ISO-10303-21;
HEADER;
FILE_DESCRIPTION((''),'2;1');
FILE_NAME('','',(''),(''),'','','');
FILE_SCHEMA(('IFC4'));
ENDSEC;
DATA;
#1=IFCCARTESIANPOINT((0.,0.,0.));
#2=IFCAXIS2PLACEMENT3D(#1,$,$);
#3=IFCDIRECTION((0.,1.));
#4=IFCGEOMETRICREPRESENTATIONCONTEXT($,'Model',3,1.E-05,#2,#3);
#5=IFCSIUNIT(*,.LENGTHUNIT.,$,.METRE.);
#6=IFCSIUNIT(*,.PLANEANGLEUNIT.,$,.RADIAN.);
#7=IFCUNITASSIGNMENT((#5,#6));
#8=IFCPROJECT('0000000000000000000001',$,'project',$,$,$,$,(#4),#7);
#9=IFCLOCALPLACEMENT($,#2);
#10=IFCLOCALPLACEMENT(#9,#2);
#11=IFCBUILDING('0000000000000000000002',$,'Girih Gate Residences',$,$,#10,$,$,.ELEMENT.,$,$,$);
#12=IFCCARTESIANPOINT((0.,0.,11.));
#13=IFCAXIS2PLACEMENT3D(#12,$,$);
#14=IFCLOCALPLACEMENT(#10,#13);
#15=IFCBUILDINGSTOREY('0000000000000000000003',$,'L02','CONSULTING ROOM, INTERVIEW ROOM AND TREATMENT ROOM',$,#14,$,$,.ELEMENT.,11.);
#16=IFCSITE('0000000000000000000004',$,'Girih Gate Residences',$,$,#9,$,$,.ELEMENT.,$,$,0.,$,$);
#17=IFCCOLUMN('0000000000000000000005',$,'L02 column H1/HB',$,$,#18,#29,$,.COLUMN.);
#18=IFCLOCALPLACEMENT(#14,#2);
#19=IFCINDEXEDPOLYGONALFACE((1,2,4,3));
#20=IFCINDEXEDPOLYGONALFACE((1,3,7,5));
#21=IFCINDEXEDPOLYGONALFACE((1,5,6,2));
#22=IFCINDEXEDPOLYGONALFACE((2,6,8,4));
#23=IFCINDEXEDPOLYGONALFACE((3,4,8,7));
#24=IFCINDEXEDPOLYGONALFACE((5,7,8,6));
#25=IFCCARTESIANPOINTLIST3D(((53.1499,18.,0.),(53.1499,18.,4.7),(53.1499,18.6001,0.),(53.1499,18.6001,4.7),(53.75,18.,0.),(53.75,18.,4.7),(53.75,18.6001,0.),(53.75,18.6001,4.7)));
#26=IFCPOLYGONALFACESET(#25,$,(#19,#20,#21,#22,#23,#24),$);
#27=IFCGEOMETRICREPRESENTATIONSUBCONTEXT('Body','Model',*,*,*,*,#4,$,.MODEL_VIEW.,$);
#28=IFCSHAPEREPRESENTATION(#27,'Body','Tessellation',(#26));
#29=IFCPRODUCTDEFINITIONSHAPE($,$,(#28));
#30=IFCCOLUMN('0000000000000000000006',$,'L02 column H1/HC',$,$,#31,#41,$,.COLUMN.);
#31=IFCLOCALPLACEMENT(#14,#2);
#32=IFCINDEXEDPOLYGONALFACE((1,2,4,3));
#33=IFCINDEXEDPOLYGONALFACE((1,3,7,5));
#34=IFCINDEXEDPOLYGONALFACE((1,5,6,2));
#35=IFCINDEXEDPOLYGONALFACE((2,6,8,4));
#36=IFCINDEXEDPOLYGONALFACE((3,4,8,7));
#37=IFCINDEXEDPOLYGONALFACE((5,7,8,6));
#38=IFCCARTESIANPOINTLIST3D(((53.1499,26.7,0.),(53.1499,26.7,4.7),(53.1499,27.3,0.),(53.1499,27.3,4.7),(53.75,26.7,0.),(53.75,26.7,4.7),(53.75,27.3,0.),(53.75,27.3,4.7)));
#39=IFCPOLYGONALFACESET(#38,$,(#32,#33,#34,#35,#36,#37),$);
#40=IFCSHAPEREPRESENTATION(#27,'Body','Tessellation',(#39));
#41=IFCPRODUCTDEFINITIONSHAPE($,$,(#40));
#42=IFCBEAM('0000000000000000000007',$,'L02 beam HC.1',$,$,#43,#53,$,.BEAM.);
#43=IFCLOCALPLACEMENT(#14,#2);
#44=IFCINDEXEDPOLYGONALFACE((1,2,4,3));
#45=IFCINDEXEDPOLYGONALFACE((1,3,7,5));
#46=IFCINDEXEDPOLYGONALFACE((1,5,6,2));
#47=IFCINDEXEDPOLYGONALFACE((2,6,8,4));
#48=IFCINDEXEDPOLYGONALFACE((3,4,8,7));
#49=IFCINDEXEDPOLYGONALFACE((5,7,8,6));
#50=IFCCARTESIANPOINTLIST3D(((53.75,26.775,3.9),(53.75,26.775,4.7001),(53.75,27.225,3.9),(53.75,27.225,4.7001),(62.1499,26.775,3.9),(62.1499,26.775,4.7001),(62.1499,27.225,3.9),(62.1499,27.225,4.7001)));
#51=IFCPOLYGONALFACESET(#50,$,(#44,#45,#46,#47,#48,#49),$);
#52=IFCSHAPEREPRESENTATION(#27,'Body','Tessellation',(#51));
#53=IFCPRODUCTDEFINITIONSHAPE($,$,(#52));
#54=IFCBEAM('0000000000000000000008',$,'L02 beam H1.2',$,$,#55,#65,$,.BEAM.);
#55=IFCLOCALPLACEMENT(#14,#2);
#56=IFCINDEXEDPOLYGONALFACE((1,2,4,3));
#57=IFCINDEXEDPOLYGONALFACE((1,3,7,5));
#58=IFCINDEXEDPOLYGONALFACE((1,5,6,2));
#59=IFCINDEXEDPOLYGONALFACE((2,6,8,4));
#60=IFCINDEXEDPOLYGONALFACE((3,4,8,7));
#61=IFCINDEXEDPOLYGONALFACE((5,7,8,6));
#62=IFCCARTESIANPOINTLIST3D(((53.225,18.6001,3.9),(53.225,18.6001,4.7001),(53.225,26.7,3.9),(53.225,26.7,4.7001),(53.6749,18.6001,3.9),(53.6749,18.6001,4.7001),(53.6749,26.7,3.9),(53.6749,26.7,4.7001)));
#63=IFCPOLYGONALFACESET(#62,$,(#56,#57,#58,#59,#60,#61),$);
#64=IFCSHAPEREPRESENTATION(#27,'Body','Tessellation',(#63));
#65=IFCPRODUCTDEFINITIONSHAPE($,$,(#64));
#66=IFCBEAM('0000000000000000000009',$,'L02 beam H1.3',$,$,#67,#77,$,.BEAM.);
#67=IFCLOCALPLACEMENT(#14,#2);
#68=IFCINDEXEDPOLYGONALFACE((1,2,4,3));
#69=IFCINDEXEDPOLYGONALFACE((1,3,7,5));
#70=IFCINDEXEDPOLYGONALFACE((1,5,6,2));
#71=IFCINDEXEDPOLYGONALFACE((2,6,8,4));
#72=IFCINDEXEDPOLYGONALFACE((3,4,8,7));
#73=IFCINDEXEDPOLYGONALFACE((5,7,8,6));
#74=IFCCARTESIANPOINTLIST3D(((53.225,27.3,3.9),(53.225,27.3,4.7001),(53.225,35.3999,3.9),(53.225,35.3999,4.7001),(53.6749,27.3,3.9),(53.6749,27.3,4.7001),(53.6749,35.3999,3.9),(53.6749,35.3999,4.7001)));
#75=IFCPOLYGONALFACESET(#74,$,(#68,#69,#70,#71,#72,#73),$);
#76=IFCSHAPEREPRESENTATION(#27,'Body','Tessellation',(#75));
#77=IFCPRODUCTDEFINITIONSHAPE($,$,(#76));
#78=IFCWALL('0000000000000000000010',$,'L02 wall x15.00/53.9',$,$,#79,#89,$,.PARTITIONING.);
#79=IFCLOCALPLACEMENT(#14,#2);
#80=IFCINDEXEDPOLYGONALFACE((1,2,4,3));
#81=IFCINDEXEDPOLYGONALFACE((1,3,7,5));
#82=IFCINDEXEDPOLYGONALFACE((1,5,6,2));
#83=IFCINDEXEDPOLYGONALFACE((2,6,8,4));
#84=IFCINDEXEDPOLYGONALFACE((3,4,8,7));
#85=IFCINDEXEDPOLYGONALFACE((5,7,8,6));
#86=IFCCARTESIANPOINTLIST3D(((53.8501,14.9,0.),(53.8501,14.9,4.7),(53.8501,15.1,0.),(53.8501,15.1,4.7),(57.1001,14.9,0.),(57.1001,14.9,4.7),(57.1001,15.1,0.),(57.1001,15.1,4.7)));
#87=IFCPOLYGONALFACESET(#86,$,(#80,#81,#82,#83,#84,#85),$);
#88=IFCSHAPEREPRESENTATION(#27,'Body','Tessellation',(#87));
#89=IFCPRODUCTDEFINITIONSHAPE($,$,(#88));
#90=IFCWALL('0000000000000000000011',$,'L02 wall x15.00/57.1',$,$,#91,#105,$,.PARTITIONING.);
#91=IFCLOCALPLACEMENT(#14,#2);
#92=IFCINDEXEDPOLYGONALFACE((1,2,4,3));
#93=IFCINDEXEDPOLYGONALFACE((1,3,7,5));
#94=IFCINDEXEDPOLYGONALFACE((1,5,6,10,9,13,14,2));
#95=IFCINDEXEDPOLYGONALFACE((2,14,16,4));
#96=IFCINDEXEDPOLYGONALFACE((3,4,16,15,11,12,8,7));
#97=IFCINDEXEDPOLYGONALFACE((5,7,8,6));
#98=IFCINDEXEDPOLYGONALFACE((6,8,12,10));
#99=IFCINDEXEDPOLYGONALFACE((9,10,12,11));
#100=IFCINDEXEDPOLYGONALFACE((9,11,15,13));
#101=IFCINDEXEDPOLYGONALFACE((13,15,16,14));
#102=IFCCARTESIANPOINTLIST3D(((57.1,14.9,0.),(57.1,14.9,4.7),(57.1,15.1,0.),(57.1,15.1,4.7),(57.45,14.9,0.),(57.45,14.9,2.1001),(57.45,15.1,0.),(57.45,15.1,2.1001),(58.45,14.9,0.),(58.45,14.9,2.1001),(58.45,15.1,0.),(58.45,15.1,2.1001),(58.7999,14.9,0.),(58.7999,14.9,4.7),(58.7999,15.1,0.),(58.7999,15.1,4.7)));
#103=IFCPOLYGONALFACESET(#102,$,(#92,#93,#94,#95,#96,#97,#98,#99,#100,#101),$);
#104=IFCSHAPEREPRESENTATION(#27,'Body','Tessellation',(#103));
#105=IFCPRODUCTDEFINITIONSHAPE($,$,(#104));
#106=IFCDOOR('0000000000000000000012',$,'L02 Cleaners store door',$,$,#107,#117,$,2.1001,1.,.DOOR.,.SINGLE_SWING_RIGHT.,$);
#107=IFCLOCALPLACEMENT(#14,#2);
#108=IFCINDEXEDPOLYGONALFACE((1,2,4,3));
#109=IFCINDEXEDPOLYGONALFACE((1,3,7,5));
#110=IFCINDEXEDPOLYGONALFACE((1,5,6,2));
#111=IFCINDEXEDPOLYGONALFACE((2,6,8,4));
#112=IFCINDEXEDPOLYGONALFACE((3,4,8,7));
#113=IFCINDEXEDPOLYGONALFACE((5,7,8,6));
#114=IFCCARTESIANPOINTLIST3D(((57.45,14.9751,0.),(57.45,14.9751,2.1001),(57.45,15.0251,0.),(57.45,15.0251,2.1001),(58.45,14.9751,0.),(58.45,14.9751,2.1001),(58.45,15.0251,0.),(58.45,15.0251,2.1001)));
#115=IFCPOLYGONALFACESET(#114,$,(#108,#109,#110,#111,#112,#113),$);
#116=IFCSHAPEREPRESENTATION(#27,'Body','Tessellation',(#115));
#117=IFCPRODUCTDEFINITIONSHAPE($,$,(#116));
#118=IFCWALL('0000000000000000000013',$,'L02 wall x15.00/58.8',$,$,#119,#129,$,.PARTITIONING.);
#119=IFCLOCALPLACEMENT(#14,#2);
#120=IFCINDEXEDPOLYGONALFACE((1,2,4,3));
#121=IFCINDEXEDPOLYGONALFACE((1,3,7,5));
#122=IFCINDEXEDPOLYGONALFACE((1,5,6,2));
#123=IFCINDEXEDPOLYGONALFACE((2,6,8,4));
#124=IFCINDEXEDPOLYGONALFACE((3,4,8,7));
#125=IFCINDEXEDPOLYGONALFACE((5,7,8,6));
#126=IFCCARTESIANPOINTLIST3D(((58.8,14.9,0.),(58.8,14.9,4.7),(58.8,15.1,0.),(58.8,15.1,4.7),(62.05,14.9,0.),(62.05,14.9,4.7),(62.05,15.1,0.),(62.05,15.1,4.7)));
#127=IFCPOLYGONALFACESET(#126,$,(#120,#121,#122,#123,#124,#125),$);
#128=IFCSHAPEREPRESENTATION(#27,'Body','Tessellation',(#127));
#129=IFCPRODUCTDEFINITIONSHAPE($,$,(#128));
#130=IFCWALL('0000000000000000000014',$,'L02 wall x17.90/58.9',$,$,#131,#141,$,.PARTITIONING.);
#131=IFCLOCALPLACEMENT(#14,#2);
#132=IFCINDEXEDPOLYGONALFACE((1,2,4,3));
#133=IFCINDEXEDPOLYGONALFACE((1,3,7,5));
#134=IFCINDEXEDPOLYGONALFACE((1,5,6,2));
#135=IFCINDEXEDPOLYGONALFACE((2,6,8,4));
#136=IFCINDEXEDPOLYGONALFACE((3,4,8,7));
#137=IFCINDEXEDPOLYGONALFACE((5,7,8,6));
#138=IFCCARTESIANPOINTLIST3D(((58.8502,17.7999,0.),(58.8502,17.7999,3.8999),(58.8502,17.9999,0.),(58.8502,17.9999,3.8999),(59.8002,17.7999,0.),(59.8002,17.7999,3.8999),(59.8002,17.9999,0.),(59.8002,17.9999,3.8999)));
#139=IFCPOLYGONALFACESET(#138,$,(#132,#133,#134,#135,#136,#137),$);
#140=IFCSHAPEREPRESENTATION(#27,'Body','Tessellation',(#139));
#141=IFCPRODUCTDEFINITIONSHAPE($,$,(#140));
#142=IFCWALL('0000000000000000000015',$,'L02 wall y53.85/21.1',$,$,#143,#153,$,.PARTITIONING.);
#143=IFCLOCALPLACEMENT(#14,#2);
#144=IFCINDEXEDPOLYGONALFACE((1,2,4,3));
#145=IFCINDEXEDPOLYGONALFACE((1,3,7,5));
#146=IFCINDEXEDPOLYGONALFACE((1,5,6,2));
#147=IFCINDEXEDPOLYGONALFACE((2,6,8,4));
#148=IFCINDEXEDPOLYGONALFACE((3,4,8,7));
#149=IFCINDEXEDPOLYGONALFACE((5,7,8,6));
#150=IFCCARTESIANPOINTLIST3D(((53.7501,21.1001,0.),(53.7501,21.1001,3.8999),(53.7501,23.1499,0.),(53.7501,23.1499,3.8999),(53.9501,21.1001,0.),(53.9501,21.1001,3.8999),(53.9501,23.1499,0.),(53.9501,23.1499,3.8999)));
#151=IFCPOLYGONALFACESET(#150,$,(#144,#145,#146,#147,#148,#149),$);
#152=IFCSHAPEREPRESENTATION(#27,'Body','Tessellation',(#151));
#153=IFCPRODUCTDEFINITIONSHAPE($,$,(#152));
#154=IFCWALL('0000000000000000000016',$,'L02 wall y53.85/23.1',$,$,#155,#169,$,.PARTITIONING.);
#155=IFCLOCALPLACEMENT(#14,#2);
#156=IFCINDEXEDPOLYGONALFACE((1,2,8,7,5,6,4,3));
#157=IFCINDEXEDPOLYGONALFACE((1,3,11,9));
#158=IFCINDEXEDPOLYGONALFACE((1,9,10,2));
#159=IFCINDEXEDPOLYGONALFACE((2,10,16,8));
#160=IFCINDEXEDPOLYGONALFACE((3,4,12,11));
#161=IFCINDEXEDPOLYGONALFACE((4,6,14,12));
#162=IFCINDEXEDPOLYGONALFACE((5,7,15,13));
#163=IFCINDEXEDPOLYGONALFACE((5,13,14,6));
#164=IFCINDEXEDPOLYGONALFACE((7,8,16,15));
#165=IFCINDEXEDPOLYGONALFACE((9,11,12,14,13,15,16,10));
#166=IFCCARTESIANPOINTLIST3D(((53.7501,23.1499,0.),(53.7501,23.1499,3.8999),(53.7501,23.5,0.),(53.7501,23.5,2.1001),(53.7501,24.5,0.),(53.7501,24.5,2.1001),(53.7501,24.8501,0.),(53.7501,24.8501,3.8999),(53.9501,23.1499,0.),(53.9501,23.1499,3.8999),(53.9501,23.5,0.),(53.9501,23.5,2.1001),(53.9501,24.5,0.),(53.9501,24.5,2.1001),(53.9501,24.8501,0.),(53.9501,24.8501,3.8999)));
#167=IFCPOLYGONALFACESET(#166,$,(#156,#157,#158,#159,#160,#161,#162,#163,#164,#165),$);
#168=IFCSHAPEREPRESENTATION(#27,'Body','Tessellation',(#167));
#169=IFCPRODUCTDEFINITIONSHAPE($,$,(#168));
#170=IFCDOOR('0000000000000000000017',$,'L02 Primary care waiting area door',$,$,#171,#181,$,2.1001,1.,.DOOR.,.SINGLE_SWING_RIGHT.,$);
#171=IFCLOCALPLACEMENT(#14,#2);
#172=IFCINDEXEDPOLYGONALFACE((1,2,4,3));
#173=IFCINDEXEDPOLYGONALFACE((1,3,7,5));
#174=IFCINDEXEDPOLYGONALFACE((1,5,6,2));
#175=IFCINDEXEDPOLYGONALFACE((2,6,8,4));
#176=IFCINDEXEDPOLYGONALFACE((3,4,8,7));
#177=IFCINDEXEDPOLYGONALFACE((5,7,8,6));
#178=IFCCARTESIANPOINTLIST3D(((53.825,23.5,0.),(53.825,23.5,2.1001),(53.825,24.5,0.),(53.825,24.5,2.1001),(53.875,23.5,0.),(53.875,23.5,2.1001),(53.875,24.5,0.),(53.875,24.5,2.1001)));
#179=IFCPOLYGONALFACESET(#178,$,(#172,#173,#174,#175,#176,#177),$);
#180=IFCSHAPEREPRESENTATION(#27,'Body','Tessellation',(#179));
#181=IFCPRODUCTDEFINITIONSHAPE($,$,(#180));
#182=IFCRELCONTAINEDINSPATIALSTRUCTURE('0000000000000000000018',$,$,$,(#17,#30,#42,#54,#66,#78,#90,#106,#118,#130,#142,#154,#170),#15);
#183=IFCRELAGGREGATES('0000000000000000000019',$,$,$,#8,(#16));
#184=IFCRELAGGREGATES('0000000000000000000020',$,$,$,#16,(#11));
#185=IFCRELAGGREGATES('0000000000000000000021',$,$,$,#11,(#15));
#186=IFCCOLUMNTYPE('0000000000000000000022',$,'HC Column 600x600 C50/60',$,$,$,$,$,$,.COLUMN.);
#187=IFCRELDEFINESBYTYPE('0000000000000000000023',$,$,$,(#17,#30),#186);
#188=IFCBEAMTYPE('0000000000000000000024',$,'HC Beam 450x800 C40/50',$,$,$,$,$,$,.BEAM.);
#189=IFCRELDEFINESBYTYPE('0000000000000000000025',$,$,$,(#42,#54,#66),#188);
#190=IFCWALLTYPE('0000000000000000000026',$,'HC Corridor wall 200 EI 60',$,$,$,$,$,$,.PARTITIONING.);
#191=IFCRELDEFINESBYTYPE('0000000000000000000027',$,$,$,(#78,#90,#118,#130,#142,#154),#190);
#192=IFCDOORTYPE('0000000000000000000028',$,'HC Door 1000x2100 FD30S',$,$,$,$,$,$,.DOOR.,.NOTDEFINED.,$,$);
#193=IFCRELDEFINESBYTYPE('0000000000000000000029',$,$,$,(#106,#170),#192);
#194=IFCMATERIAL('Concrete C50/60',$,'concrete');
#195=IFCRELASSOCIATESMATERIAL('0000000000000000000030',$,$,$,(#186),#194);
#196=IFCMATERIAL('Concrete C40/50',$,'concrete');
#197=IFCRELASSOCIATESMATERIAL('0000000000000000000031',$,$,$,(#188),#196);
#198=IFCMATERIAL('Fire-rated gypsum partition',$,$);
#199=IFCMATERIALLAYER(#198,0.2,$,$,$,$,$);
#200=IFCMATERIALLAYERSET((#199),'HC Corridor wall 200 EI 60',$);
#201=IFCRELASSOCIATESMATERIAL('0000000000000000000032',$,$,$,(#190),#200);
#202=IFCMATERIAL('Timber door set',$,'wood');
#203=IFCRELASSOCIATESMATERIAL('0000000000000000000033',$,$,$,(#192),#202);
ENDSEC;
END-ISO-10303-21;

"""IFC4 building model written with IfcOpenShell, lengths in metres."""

from ifc_helpers import new_model, si_unit, direction, frame, frame_2d, origin, origin_2d, place, context, subcontext, project, spatial, rectangle, extrude, material, layer, layer_set, material_profile, profile_set, type_object, element, fill, save


model = new_model("IFC4")

# Units and contexts
model_context = context("Model", 3, precision=1e-05, world=origin(), true_north=direction((0.0, 1.0)))
body_context = subcontext(model_context, "Body", "Model", "MODEL_VIEW")
ifc_project = project(units=[si_unit("LENGTHUNIT", "METRE"), si_unit("PLANEANGLEUNIT", "RADIAN")], contexts=[model_context])

# Site, building, storey
site_placement = place(None, origin())
site = spatial("IfcSite", under=ifc_project, at=site_placement, Name="Girih Gate Residences", CompositionType="ELEMENT", RefElevation=0.0)
building_placement = place(site_placement, origin())
building = spatial("IfcBuilding", under=site, at=building_placement, Name="Girih Gate Residences", CompositionType="ELEMENT")
storey_placement = place(building_placement, frame((0.0, 0.0, 11.0)))
storey = spatial("IfcBuildingStorey", under=building, at=storey_placement, Name="L02", Description="CONSULTING ROOM, INTERVIEW ROOM AND TREATMENT ROOM", CompositionType="ELEMENT", Elevation=11.0)

# Columns
ifc_material_1 = material(Name="Concrete C50/60", Category="concrete")
ifc_material_profile_1 = material_profile(ifc_material_1, rectangle(XDim=0.6001, YDim=0.6001, at=origin_2d()))
ifc_profile_set_1 = profile_set([ifc_material_profile_1], Name="Concrete C50/60")
column_type = type_object("IfcColumnType", Name="HC Column 600x600 C50/60", PredefinedType="COLUMN", material=ifc_profile_set_1)
for number, where, z_axis, x_axis, name in (
    (1, (53.45, 18.3, 0.0), (0.0, 0.0, 1.0), (1.0, 0.0, 0.0), "L02 column H1/HB"),
    (2, (53.45, 27.0, 0.0), (0.0, 0.0, 1.0), (1.0, 0.0, 0.0), "L02 column H1/HC"),
):
    element("IfcColumn", number, at=place(storey_placement, frame(where, z_axis=z_axis, x_axis=x_axis)), inside=storey, type_object=column_type, Name=name, PredefinedType="COLUMN", context=body_context, shape_type="SweptSolid", body=[
        extrude(rectangle(XDim=0.6001, YDim=0.6001, at=origin_2d()), origin(), (0.0, 0.0, 1.0), 4.7),
    ])

# Beams
ifc_material_2 = material(Name="Concrete C40/50", Category="concrete")
ifc_material_profile_2 = material_profile(ifc_material_2, rectangle(XDim=0.45, YDim=0.8, at=origin_2d()))
ifc_profile_set_2 = profile_set([ifc_material_profile_2], Name="Concrete C40/50")
beam_type = type_object("IfcBeamType", Name="HC Beam 450x800 C40/50", PredefinedType="BEAM", material=ifc_profile_set_2)
beam_placement = place(storey_placement, frame((53.75, 27.0, 4.3), z_axis=(1.0, 0.0, 0.0), x_axis=(0.0, 1.0, 0.0)))
element("IfcBeam", 3, at=beam_placement, inside=storey, type_object=beam_type, Name="L02 beam HC.1", PredefinedType="BEAM", context=body_context, shape_type="SweptSolid", body=[
    extrude(rectangle(XDim=0.45, YDim=0.8, at=origin_2d()), origin(), (0.0, 0.0, 1.0), 8.3999),
])
for number, where, z_axis, x_axis, name in (
    (4, (53.45, 18.6001, 4.3), (0.0, 1.0, 0.0), (-1.0, 0.0, 0.0), "L02 beam H1.2"),
    (5, (53.45, 27.3, 4.3), (0.0, 1.0, 0.0), (-1.0, 0.0, 0.0), "L02 beam H1.3"),
):
    element("IfcBeam", number, at=place(storey_placement, frame(where, z_axis=z_axis, x_axis=x_axis)), inside=storey, type_object=beam_type, Name=name, PredefinedType="BEAM", context=body_context, shape_type="SweptSolid", body=[
        extrude(rectangle(XDim=0.45, YDim=0.8, at=origin_2d()), origin(), (0.0, 0.0, 1.0), 8.0999),
    ])

# Wall
ifc_material_3 = material(Name="Fire-rated gypsum partition")
ifc_layer_1 = layer(ifc_material_3, 0.2)
ifc_layer_set_1 = layer_set([ifc_layer_1], Name="HC Corridor wall 200 EI 60")
wall_type_1 = type_object("IfcWallType", Name="HC Corridor wall 200 EI 60", PredefinedType="PARTITIONING", material=ifc_layer_set_1)
wall_1_placement = place(storey_placement, frame((53.8501, 15.0, 0.0), z_axis=(0.0, 0.0, 1.0), x_axis=(1.0, 0.0, 0.0)))
element("IfcWall", 6, at=wall_1_placement, inside=storey, type_object=wall_type_1, Name="L02 wall x15.00/53.9", PredefinedType="PARTITIONING", context=body_context, shape_type="SweptSolid", body=[
    extrude(rectangle(XDim=3.25, YDim=0.2, at=frame_2d((1.625, 0.0))), origin(), (0.0, 0.0, 1.0), 4.7),
])

# Wall, opening, door
wall_2_placement = place(storey_placement, frame((58.8, 15.0, 0.0), z_axis=(0.0, 0.0, 1.0), x_axis=(-1.0, 0.0, 0.0)))
wall_2 = element("IfcWall", 7, at=wall_2_placement, inside=storey, type_object=wall_type_1, Name="L02 wall x15.00/57.1", PredefinedType="PARTITIONING", context=body_context, shape_type="SweptSolid", body=[
    extrude(rectangle(XDim=1.7, YDim=0.2, at=frame_2d((0.8501, 0.0))), origin(), (0.0, 0.0, 1.0), 4.7),
])
opening_1_placement = place(wall_2_placement, frame((0.3501, 0.0, 0.0)))
opening_1 = element("IfcOpeningElement", 8, at=opening_1_placement, cuts=wall_2, PredefinedType="OPENING", context=body_context, shape_type="SweptSolid", body=[
    extrude(rectangle(XDim=1.0, YDim=2.1001, at=frame_2d((0.5, 1.05))), frame((0.0, 0.1099, 0.0), z_axis=(0.0, -1.0, 0.0), x_axis=(1.0, 0.0, 0.0)), (0.0, 0.0, 1.0), 0.22),
])
ifc_material_4 = material(Name="Timber door set", Category="wood")
door_type_1 = type_object("IfcDoorType", Name="HC Door 1000x2100 FD30S", OperationType="NOTDEFINED", PredefinedType="DOOR", material=ifc_material_4)
door_1_placement = place(opening_1_placement, origin())
door_1 = element("IfcDoor", 9, at=door_1_placement, inside=storey, type_object=door_type_1, Name="L02 Cleaners store door", OperationType="SINGLE_SWING_RIGHT", OverallHeight=2.1001, OverallWidth=1.0, PredefinedType="DOOR", context=body_context, shape_type="SweptSolid", body=[
    extrude(rectangle(XDim=1.0, YDim=2.1001, at=frame_2d((0.5, 1.05))), frame((0.0, 0.0249, 0.0), z_axis=(0.0, -1.0, 0.0), x_axis=(1.0, 0.0, 0.0)), (0.0, 0.0, 1.0), 0.05),
])
fill(opening_1, door_1)

# Walls
wall_3_placement = place(storey_placement, frame((58.8, 15.0, 0.0), z_axis=(0.0, 0.0, 1.0), x_axis=(1.0, 0.0, 0.0)))
element("IfcWall", 10, at=wall_3_placement, inside=storey, type_object=wall_type_1, Name="L02 wall x15.00/58.8", PredefinedType="PARTITIONING", context=body_context, shape_type="SweptSolid", body=[
    extrude(rectangle(XDim=3.25, YDim=0.2, at=frame_2d((1.625, 0.0))), origin(), (0.0, 0.0, 1.0), 4.7),
])
wall_4_placement = place(storey_placement, frame((58.8501, 17.8999, 0.0), z_axis=(0.0, 0.0, 1.0), x_axis=(1.0, 0.0, 0.0)))
element("IfcWall", 11, at=wall_4_placement, inside=storey, type_object=wall_type_1, Name="L02 wall x17.90/58.9", PredefinedType="PARTITIONING", context=body_context, shape_type="SweptSolid", body=[
    extrude(rectangle(XDim=0.95, YDim=0.2, at=frame_2d((0.4751, 0.0))), origin(), (0.0, 0.0, 1.0), 3.8999),
])
wall_5_placement = place(storey_placement, frame((53.8501, 21.1001, 0.0), z_axis=(0.0, 0.0, 1.0), x_axis=(0.0, 1.0, 0.0)))
element("IfcWall", 12, at=wall_5_placement, inside=storey, type_object=wall_type_1, Name="L02 wall y53.85/21.1", PredefinedType="PARTITIONING", context=body_context, shape_type="SweptSolid", body=[
    extrude(rectangle(XDim=2.0498, YDim=0.2, at=frame_2d((1.0249, 0.0))), origin(), (0.0, 0.0, 1.0), 3.8999),
])

# Wall, opening, door
wall_6_placement = place(storey_placement, frame((53.8501, 24.8501, 0.0), z_axis=(0.0, 0.0, 1.0), x_axis=(0.0, -1.0, 0.0)))
wall_6 = element("IfcWall", 13, at=wall_6_placement, inside=storey, type_object=wall_type_1, Name="L02 wall y53.85/23.1", PredefinedType="PARTITIONING", context=body_context, shape_type="SweptSolid", body=[
    extrude(rectangle(XDim=1.7002, YDim=0.2, at=frame_2d((0.8501, 0.0))), origin(), (0.0, 0.0, 1.0), 3.8999),
])
opening_2_placement = place(wall_6_placement, frame((0.3501, 0.0, 0.0)))
opening_2 = element("IfcOpeningElement", 14, at=opening_2_placement, cuts=wall_6, PredefinedType="OPENING", context=body_context, shape_type="SweptSolid", body=[
    extrude(rectangle(XDim=1.0, YDim=2.1001, at=frame_2d((0.5, 1.05))), frame((0.0, 0.1099, 0.0), z_axis=(0.0, -1.0, 0.0), x_axis=(1.0, 0.0, 0.0)), (0.0, 0.0, 1.0), 0.22),
])
door_2_placement = place(opening_2_placement, origin())
door_2 = element("IfcDoor", 15, at=door_2_placement, inside=storey, type_object=door_type_1, Name="L02 Primary care waiting area door", OperationType="SINGLE_SWING_RIGHT", OverallHeight=2.1001, OverallWidth=1.0, PredefinedType="DOOR", context=body_context, shape_type="SweptSolid", body=[
    extrude(rectangle(XDim=1.0, YDim=2.1001, at=frame_2d((0.5, 1.05))), frame((0.0, 0.0249, 0.0), z_axis=(0.0, -1.0, 0.0), x_axis=(1.0, 0.0, 0.0)), (0.0, 0.0, 1.0), 0.05),
])
fill(opening_2, door_2)

save(model, "model.ifc")
